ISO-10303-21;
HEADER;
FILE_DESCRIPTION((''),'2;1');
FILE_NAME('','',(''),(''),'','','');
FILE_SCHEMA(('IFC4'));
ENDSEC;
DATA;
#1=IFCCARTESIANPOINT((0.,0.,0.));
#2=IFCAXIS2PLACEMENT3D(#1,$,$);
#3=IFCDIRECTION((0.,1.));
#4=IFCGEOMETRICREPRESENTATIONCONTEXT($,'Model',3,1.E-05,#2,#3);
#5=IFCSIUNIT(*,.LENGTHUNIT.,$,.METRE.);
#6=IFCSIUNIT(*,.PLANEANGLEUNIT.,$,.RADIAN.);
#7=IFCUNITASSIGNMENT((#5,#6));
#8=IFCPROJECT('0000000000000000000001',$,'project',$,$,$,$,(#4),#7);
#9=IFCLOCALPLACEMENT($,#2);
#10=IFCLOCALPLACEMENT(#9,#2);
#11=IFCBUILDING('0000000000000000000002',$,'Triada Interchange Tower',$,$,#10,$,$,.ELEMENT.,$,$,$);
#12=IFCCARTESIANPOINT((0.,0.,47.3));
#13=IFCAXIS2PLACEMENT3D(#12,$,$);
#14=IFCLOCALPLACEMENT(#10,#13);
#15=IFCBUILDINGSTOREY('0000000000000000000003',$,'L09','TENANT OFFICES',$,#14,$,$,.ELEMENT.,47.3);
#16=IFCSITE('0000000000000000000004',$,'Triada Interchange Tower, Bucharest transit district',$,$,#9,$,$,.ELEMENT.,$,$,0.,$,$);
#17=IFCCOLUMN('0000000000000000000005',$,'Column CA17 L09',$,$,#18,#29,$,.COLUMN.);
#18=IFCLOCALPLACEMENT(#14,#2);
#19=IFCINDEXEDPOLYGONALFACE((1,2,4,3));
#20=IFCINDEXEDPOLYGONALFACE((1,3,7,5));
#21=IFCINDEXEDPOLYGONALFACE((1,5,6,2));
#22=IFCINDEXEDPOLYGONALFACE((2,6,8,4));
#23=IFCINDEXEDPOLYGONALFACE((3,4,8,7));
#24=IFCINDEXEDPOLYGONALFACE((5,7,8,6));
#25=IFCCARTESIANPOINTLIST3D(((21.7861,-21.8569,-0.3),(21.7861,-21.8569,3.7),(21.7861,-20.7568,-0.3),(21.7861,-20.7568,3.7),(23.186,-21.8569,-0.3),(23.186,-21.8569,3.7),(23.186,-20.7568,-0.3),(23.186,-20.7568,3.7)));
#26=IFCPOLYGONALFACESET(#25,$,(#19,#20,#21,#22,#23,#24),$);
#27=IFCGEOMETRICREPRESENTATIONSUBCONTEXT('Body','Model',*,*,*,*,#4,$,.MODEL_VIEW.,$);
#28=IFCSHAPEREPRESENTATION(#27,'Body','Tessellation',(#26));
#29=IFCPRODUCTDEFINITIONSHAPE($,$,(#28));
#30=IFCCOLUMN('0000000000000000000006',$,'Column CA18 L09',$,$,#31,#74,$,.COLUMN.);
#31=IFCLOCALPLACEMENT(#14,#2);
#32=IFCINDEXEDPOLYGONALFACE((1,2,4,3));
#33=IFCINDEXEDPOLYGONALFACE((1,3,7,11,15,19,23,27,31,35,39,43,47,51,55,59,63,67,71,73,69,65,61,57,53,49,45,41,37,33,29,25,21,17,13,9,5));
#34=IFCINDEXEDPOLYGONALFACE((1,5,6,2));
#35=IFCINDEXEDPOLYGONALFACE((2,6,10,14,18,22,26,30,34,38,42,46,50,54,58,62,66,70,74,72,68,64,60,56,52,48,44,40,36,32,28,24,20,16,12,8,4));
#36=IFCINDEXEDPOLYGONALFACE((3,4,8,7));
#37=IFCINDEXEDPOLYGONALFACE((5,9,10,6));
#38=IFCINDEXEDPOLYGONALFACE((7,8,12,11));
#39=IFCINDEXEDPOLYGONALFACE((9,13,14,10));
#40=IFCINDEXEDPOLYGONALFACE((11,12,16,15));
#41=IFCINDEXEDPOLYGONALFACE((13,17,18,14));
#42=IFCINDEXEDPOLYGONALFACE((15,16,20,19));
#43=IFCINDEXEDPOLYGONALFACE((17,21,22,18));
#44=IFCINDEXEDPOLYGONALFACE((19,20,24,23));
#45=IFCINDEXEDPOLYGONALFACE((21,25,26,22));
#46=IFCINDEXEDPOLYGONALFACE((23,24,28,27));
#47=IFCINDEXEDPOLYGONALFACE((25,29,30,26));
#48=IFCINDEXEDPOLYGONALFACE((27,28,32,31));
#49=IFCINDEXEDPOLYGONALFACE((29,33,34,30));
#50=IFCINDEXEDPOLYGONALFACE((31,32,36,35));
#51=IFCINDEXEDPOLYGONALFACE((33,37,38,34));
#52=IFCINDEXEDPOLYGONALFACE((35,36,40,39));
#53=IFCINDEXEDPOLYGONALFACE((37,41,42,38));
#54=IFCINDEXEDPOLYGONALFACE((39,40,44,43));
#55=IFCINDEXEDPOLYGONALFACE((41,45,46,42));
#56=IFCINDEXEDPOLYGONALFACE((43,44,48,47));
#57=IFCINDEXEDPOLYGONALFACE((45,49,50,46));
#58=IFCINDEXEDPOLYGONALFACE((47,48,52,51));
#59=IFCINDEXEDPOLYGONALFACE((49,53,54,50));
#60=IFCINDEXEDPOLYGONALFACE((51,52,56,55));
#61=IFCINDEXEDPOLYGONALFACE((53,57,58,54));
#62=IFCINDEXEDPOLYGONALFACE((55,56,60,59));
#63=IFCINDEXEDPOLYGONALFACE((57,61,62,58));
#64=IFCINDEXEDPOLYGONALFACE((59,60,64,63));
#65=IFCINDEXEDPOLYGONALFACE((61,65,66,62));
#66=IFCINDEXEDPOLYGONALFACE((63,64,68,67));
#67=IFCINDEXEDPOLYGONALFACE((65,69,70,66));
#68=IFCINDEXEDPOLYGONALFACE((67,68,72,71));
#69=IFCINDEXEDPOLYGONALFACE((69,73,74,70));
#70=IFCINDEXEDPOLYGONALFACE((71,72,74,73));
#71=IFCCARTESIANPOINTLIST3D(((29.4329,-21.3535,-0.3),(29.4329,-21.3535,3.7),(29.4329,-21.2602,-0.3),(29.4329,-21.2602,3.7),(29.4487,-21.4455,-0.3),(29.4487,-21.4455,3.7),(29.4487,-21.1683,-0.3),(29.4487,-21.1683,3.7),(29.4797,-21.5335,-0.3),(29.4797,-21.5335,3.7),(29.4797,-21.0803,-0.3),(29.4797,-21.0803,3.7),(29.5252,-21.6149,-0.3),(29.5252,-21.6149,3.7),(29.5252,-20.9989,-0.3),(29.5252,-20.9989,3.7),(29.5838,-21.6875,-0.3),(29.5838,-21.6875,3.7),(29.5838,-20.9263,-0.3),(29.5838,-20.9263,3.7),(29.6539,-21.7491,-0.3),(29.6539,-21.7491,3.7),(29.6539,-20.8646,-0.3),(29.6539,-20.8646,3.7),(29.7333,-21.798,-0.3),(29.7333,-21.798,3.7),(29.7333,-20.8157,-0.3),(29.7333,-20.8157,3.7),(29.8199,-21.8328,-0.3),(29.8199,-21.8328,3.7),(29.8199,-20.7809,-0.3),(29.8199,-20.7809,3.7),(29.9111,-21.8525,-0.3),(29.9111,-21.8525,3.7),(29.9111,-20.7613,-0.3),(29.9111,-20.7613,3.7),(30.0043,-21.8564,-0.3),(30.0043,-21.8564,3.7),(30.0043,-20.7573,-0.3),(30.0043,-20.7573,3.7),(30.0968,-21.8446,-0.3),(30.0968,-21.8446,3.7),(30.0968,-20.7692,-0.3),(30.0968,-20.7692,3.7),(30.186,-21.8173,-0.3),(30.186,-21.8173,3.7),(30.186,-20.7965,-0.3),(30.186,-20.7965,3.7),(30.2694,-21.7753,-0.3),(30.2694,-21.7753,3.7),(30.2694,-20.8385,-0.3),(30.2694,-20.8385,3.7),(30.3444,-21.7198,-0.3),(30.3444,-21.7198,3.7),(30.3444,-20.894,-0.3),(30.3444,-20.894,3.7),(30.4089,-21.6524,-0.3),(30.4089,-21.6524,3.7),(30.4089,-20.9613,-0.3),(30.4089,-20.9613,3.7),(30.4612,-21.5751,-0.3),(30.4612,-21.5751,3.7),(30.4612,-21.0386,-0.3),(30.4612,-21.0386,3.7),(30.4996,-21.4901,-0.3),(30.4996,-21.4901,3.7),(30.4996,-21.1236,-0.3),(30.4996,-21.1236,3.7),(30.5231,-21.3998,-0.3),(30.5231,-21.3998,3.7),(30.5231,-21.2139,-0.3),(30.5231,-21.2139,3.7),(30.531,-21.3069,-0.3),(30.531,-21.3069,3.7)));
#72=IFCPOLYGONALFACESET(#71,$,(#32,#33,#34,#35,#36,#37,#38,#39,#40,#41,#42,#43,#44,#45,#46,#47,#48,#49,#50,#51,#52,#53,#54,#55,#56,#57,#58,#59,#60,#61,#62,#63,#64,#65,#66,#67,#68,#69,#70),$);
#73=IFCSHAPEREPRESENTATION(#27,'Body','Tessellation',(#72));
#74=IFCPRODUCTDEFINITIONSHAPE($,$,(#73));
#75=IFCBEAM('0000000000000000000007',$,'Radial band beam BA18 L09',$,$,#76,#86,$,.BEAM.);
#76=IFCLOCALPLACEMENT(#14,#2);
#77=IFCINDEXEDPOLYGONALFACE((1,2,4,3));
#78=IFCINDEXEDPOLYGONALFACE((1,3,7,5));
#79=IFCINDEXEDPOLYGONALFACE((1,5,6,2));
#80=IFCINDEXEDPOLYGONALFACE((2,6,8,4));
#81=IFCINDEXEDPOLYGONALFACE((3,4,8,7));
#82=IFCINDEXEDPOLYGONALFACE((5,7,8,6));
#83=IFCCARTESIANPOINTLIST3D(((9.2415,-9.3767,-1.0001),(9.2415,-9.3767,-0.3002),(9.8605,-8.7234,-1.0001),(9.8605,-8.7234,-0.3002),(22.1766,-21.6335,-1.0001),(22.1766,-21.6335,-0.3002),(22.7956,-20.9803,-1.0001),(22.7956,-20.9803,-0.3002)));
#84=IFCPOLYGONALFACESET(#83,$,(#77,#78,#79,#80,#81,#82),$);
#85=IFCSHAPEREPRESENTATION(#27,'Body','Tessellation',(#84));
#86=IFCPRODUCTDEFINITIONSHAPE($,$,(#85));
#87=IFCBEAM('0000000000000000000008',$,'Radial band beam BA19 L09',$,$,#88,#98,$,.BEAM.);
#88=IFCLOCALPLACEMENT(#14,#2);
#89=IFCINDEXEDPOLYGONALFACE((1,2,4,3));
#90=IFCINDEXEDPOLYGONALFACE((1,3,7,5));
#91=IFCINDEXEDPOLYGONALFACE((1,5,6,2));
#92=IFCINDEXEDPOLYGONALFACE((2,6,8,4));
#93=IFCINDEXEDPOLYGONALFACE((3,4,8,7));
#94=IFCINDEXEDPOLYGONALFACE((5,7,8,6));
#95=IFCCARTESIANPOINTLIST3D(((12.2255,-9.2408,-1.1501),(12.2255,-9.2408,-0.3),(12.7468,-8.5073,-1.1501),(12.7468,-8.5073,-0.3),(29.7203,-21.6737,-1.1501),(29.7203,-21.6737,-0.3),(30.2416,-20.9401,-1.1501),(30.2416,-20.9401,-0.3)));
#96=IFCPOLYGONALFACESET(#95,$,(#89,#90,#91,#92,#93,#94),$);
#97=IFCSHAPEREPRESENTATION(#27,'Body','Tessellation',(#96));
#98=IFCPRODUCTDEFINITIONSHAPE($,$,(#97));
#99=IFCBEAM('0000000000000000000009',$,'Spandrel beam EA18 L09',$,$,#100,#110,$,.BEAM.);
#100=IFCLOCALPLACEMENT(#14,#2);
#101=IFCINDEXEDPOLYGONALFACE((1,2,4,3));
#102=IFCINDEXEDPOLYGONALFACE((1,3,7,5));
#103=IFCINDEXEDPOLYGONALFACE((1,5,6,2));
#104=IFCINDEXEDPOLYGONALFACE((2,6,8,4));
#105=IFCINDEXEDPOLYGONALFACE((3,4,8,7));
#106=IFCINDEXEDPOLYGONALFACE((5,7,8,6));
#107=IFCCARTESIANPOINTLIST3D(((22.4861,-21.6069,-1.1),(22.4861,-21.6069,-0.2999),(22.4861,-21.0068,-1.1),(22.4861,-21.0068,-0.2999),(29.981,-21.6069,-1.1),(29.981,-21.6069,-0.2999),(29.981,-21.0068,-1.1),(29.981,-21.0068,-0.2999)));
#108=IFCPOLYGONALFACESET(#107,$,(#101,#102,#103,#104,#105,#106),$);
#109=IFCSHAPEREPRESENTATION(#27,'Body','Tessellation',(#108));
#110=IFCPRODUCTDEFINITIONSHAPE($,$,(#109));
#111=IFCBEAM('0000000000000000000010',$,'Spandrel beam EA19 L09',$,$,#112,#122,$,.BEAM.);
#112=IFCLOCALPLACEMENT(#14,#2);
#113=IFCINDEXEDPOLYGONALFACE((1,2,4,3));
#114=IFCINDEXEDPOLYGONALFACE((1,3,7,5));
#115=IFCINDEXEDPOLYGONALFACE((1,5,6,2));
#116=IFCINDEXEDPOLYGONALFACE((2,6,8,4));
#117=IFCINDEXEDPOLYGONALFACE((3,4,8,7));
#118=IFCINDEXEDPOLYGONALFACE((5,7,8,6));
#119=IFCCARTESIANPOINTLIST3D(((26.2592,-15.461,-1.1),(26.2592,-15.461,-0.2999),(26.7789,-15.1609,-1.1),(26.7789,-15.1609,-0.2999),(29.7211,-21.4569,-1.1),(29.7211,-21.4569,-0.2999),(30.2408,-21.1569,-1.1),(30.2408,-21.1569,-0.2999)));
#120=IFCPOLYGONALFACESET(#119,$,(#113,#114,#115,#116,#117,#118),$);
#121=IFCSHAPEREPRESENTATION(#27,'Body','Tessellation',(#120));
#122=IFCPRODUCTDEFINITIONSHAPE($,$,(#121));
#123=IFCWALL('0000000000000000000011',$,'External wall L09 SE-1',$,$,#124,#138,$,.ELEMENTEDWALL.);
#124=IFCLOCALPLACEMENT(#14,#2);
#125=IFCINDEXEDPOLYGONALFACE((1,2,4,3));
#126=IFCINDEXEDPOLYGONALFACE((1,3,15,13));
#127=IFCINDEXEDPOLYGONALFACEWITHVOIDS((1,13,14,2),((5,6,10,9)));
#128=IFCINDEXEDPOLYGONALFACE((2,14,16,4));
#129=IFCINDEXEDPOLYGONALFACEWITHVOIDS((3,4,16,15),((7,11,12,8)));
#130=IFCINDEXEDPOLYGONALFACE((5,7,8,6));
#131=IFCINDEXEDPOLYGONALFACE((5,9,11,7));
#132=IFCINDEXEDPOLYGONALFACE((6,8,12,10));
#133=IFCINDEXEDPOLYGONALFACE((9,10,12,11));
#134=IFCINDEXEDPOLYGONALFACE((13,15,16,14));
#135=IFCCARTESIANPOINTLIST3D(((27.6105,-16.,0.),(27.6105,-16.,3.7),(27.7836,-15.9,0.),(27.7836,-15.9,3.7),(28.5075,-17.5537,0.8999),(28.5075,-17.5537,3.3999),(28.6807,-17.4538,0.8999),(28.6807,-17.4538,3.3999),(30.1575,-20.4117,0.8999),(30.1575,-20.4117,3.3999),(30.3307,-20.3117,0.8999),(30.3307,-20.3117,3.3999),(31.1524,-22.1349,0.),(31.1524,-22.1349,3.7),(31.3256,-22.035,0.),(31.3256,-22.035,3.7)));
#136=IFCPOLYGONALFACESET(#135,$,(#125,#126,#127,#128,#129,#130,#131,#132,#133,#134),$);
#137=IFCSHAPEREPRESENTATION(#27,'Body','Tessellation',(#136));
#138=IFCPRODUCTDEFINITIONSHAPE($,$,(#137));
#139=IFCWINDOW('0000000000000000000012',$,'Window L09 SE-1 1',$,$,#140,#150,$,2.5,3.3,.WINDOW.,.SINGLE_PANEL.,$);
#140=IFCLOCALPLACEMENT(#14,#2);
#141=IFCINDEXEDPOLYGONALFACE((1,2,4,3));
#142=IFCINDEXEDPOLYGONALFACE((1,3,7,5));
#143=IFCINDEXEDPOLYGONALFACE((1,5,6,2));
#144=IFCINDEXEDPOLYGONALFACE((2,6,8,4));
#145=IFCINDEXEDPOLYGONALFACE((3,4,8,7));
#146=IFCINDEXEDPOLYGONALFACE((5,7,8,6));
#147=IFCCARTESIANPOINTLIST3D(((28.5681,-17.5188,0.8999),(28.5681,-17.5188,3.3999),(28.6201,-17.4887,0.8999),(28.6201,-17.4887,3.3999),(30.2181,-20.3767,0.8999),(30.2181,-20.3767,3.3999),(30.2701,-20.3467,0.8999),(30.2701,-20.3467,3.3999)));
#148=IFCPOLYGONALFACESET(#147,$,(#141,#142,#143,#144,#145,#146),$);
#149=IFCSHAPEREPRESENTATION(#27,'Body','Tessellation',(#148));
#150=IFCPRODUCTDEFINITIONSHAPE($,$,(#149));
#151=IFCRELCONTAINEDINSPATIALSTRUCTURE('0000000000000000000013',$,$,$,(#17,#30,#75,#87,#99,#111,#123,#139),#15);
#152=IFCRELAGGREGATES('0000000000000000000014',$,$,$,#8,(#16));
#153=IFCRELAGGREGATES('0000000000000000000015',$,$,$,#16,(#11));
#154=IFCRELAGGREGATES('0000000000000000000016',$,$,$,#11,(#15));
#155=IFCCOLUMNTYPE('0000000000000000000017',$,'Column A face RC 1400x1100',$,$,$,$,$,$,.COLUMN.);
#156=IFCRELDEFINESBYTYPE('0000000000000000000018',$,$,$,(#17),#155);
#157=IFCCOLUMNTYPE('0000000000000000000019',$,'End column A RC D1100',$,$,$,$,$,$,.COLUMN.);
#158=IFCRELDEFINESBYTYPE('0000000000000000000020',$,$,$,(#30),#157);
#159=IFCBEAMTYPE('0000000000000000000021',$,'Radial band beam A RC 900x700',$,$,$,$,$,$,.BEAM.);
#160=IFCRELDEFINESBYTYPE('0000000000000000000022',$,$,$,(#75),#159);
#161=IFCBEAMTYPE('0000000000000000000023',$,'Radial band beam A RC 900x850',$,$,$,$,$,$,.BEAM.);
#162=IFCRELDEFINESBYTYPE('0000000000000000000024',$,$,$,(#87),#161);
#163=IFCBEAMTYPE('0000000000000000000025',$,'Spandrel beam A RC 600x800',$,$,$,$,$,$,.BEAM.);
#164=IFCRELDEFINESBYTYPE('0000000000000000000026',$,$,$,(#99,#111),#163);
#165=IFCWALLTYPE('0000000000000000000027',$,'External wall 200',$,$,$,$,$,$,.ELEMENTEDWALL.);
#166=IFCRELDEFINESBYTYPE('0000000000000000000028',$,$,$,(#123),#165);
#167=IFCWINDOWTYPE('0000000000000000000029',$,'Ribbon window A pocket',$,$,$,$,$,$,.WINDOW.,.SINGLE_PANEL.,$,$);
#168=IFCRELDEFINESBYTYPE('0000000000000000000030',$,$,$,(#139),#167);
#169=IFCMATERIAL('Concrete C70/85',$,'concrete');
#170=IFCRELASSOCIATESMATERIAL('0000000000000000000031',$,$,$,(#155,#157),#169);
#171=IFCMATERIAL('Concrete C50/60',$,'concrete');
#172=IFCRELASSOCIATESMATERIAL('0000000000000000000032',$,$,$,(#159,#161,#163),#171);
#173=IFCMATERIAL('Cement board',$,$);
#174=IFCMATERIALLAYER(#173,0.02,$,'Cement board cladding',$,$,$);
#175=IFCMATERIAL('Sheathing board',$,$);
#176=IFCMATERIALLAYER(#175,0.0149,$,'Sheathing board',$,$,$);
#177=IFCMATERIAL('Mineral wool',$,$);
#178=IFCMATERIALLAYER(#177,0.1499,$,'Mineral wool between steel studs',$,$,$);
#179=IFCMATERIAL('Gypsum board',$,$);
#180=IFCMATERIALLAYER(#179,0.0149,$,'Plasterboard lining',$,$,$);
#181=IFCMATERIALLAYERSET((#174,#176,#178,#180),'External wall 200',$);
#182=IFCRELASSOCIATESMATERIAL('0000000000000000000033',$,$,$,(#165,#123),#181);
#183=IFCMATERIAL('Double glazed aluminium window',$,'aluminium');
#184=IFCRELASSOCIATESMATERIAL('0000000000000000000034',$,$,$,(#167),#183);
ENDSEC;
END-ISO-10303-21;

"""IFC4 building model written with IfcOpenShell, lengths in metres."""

from ifc_helpers import new_model, si_unit, direction, frame, frame_2d, origin, origin_2d, place, context, subcontext, project, spatial, rectangle, circle, extrude, material, layer, layer_set, layer_usage, material_profile, profile_set, type_object, element, fill, save


model = new_model("IFC4")

# Units and contexts
model_context = context("Model", 3, precision=1e-05, world=origin(), true_north=direction((0.0, 1.0)))
body_context = subcontext(model_context, "Body", "Model", "MODEL_VIEW")
ifc_project = project(units=[si_unit("LENGTHUNIT", "METRE"), si_unit("PLANEANGLEUNIT", "RADIAN")], contexts=[model_context])

# Site, building, storey
site_placement = place(None, origin())
site = spatial("IfcSite", under=ifc_project, at=site_placement, Name="Triada Interchange Tower, Bucharest transit district", CompositionType="ELEMENT", RefElevation=0.0)
building_placement = place(site_placement, origin())
building = spatial("IfcBuilding", under=site, at=building_placement, Name="Triada Interchange Tower", CompositionType="ELEMENT")
storey_placement = place(building_placement, frame((0.0, 0.0, 47.3)))
storey = spatial("IfcBuildingStorey", under=building, at=storey_placement, Name="L09", Description="TENANT OFFICES", CompositionType="ELEMENT", Elevation=47.3)

# Columns
ifc_material_1 = material(Name="Concrete C70/85", Category="concrete")
ifc_material_profile_1 = material_profile(ifc_material_1, rectangle(XDim=1.3999, YDim=1.1001, at=origin_2d()), Name="RC 1400x1100")
ifc_profile_set_1 = profile_set([ifc_material_profile_1], Name="Concrete C70/85")
column_type_1 = type_object("IfcColumnType", Name="Column A face RC 1400x1100", PredefinedType="COLUMN", material=ifc_profile_set_1)
column_1_placement = place(storey_placement, frame((22.4861, -21.3069, -0.3), z_axis=(0.0, 0.0, 1.0), x_axis=(1.0, 0.0, 0.0)))
element("IfcColumn", 1, at=column_1_placement, inside=storey, type_object=column_type_1, Name="Column CA17 L09", PredefinedType="COLUMN", context=body_context, shape_type="SweptSolid", body=[
    extrude(rectangle(XDim=1.3999, YDim=1.1001, at=origin_2d()), origin(), (0.0, 0.0, 1.0), 4.0),
])
ifc_material_profile_2 = material_profile(ifc_material_1, circle(Radius=0.55, at=origin_2d()), Name="RC D1100")
ifc_profile_set_2 = profile_set([ifc_material_profile_2], Name="Concrete C70/85")
column_type_2 = type_object("IfcColumnType", Name="End column A RC D1100", PredefinedType="COLUMN", material=ifc_profile_set_2)
column_2_placement = place(storey_placement, frame((29.981, -21.3069, -0.3), z_axis=(0.0, 0.0, 1.0), x_axis=(1.0, 0.0, 0.0)))
element("IfcColumn", 2, at=column_2_placement, inside=storey, type_object=column_type_2, Name="Column CA18 L09", PredefinedType="COLUMN", context=body_context, shape_type="SweptSolid", body=[
    extrude(circle(Radius=0.55, at=origin_2d()), origin(), (0.0, 0.0, 1.0), 4.0),
])

# Beams
ifc_material_2 = material(Name="Concrete C50/60", Category="concrete")
ifc_material_profile_3 = material_profile(ifc_material_2, rectangle(XDim=0.8999, YDim=0.7, at=origin_2d()), Name="RC 900x700")
ifc_profile_set_3 = profile_set([ifc_material_profile_3], Name="Concrete C50/60")
beam_type_1 = type_object("IfcBeamType", Name="Radial band beam A RC 900x700", PredefinedType="BEAM", material=ifc_profile_set_3)
beam_1_placement = place(storey_placement, frame((22.4861, -21.3069, -0.6501), z_axis=(-0.725881, 0.687821, 0.0), x_axis=(-0.687821, -0.725881, 0.0)))
element("IfcBeam", 3, at=beam_1_placement, inside=storey, type_object=beam_type_1, Name="Radial band beam BA18 L09", PredefinedType="BEAM", context=body_context, shape_type="SweptSolid", body=[
    extrude(rectangle(XDim=0.8999, YDim=0.7, at=origin_2d()), origin(), (0.0, 0.0, 1.0), 17.8198),
])
ifc_material_profile_4 = material_profile(ifc_material_2, rectangle(XDim=0.8999, YDim=0.8501, at=origin_2d()), Name="RC 900x850")
ifc_profile_set_4 = profile_set([ifc_material_profile_4], Name="Concrete C50/60")
beam_type_2 = type_object("IfcBeamType", Name="Radial band beam A RC 900x850", PredefinedType="BEAM", material=ifc_profile_set_4)
beam_2_placement = place(storey_placement, frame((29.981, -21.3069, -0.7251), z_axis=(-0.81513, 0.579278, 0.0), x_axis=(-0.579278, -0.81513, 0.0)))
element("IfcBeam", 4, at=beam_2_placement, inside=storey, type_object=beam_type_2, Name="Radial band beam BA19 L09", PredefinedType="BEAM", context=body_context, shape_type="SweptSolid", body=[
    extrude(rectangle(XDim=0.8999, YDim=0.8501, at=origin_2d()), origin(), (0.0, 0.0, 1.0), 21.4626),
])
ifc_material_profile_5 = material_profile(ifc_material_2, rectangle(XDim=0.6001, YDim=0.8, at=origin_2d()), Name="RC 600x800")
ifc_profile_set_5 = profile_set([ifc_material_profile_5], Name="Concrete C50/60")
beam_type_3 = type_object("IfcBeamType", Name="Spandrel beam A RC 600x800", PredefinedType="BEAM", material=ifc_profile_set_5)
beam_3_placement = place(storey_placement, frame((22.4861, -21.3069, -0.7), z_axis=(1.0, 0.0, 0.0), x_axis=(0.0, 1.0, 0.0)))
element("IfcBeam", 5, at=beam_3_placement, inside=storey, type_object=beam_type_3, Name="Spandrel beam EA18 L09", PredefinedType="BEAM", context=body_context, shape_type="SweptSolid", body=[
    extrude(rectangle(XDim=0.6001, YDim=0.8, at=origin_2d()), origin(), (0.0, 0.0, 1.0), 7.4949),
])
beam_4_placement = place(storey_placement, frame((29.981, -21.3069, -0.7), z_axis=(-0.500023, 0.866012, 0.0), x_axis=(-0.866012, -0.500023, 0.0)))
element("IfcBeam", 6, at=beam_4_placement, inside=storey, type_object=beam_type_3, Name="Spandrel beam EA19 L09", PredefinedType="BEAM", context=body_context, shape_type="SweptSolid", body=[
    extrude(rectangle(XDim=0.6001, YDim=0.8, at=origin_2d()), origin(), (0.0, 0.0, 1.0), 6.9236),
])

# Wall, opening, window
ifc_material_3 = material(Name="Cement board")
ifc_layer_1 = layer(ifc_material_3, 0.02, Name="Cement board cladding")
ifc_material_4 = material(Name="Sheathing board")
ifc_layer_2 = layer(ifc_material_4, 0.0149, Name="Sheathing board")
ifc_material_5 = material(Name="Mineral wool")
ifc_layer_3 = layer(ifc_material_5, 0.1499, Name="Mineral wool between steel studs")
ifc_material_6 = material(Name="Gypsum board")
ifc_layer_4 = layer(ifc_material_6, 0.0149, Name="Plasterboard lining")
ifc_layer_set_1 = layer_set([ifc_layer_1, ifc_layer_2, ifc_layer_3, ifc_layer_4], Name="External wall 200")
ifc_layer_usage = layer_usage(ifc_layer_set_1, "AXIS2", "POSITIVE", -0.1001)
wall_type_1 = type_object("IfcWallType", Name="External wall 200", PredefinedType="ELEMENTEDWALL", material=ifc_layer_set_1)
wall_1_placement = place(storey_placement, frame((31.239, -22.085, 0.0), z_axis=(0.0, 0.0, 1.0), x_axis=(-0.499994, 0.866029, 0.0)))
wall_1 = element("IfcWall", 7, at=wall_1_placement, inside=storey, type_object=wall_type_1, material=ifc_layer_usage, Name="External wall L09 SE-1", PredefinedType="ELEMENTEDWALL", context=body_context, shape_type="SweptSolid", body=[
    extrude(rectangle(XDim=7.084, YDim=0.2, at=frame_2d((3.542, 0.0))), origin(), (0.0, 0.0, 1.0), 3.7),
])
opening_1_placement = place(wall_1_placement, frame((1.99, 0.0, 0.8999)))
opening_1 = element("IfcOpeningElement", 8, at=opening_1_placement, cuts=wall_1, PredefinedType="OPENING", context=body_context, shape_type="SweptSolid", body=[
    extrude(rectangle(XDim=3.3, YDim=2.5, at=frame_2d((1.6499, 1.25))), frame((0.0, 0.1099, 0.0), z_axis=(0.0, -1.0, 0.0), x_axis=(1.0, 0.0, 0.0)), (0.0, 0.0, 1.0), 0.22),
])
ifc_material_7 = material(Name="Double glazed aluminium window", Category="aluminium")
window_type_1 = type_object("IfcWindowType", Name="Ribbon window A pocket", PartitioningType="SINGLE_PANEL", PredefinedType="WINDOW", material=ifc_material_7)
window_1_placement = place(opening_1_placement, origin())
window_1 = element("IfcWindow", 9, at=window_1_placement, inside=storey, type_object=window_type_1, Name="Window L09 SE-1 1", OverallHeight=2.5, OverallWidth=3.3, PartitioningType="SINGLE_PANEL", PredefinedType="WINDOW", context=body_context, shape_type="SweptSolid", body=[
    extrude(rectangle(XDim=3.3, YDim=2.5, at=frame_2d((1.6499, 1.25))), frame((0.0, 0.03, 0.0), z_axis=(0.0, -1.0, 0.0), x_axis=(1.0, 0.0, 0.0)), (0.0, 0.0, 1.0), 0.0601),
])
fill(opening_1, window_1)

save(model, "model.ifc")
